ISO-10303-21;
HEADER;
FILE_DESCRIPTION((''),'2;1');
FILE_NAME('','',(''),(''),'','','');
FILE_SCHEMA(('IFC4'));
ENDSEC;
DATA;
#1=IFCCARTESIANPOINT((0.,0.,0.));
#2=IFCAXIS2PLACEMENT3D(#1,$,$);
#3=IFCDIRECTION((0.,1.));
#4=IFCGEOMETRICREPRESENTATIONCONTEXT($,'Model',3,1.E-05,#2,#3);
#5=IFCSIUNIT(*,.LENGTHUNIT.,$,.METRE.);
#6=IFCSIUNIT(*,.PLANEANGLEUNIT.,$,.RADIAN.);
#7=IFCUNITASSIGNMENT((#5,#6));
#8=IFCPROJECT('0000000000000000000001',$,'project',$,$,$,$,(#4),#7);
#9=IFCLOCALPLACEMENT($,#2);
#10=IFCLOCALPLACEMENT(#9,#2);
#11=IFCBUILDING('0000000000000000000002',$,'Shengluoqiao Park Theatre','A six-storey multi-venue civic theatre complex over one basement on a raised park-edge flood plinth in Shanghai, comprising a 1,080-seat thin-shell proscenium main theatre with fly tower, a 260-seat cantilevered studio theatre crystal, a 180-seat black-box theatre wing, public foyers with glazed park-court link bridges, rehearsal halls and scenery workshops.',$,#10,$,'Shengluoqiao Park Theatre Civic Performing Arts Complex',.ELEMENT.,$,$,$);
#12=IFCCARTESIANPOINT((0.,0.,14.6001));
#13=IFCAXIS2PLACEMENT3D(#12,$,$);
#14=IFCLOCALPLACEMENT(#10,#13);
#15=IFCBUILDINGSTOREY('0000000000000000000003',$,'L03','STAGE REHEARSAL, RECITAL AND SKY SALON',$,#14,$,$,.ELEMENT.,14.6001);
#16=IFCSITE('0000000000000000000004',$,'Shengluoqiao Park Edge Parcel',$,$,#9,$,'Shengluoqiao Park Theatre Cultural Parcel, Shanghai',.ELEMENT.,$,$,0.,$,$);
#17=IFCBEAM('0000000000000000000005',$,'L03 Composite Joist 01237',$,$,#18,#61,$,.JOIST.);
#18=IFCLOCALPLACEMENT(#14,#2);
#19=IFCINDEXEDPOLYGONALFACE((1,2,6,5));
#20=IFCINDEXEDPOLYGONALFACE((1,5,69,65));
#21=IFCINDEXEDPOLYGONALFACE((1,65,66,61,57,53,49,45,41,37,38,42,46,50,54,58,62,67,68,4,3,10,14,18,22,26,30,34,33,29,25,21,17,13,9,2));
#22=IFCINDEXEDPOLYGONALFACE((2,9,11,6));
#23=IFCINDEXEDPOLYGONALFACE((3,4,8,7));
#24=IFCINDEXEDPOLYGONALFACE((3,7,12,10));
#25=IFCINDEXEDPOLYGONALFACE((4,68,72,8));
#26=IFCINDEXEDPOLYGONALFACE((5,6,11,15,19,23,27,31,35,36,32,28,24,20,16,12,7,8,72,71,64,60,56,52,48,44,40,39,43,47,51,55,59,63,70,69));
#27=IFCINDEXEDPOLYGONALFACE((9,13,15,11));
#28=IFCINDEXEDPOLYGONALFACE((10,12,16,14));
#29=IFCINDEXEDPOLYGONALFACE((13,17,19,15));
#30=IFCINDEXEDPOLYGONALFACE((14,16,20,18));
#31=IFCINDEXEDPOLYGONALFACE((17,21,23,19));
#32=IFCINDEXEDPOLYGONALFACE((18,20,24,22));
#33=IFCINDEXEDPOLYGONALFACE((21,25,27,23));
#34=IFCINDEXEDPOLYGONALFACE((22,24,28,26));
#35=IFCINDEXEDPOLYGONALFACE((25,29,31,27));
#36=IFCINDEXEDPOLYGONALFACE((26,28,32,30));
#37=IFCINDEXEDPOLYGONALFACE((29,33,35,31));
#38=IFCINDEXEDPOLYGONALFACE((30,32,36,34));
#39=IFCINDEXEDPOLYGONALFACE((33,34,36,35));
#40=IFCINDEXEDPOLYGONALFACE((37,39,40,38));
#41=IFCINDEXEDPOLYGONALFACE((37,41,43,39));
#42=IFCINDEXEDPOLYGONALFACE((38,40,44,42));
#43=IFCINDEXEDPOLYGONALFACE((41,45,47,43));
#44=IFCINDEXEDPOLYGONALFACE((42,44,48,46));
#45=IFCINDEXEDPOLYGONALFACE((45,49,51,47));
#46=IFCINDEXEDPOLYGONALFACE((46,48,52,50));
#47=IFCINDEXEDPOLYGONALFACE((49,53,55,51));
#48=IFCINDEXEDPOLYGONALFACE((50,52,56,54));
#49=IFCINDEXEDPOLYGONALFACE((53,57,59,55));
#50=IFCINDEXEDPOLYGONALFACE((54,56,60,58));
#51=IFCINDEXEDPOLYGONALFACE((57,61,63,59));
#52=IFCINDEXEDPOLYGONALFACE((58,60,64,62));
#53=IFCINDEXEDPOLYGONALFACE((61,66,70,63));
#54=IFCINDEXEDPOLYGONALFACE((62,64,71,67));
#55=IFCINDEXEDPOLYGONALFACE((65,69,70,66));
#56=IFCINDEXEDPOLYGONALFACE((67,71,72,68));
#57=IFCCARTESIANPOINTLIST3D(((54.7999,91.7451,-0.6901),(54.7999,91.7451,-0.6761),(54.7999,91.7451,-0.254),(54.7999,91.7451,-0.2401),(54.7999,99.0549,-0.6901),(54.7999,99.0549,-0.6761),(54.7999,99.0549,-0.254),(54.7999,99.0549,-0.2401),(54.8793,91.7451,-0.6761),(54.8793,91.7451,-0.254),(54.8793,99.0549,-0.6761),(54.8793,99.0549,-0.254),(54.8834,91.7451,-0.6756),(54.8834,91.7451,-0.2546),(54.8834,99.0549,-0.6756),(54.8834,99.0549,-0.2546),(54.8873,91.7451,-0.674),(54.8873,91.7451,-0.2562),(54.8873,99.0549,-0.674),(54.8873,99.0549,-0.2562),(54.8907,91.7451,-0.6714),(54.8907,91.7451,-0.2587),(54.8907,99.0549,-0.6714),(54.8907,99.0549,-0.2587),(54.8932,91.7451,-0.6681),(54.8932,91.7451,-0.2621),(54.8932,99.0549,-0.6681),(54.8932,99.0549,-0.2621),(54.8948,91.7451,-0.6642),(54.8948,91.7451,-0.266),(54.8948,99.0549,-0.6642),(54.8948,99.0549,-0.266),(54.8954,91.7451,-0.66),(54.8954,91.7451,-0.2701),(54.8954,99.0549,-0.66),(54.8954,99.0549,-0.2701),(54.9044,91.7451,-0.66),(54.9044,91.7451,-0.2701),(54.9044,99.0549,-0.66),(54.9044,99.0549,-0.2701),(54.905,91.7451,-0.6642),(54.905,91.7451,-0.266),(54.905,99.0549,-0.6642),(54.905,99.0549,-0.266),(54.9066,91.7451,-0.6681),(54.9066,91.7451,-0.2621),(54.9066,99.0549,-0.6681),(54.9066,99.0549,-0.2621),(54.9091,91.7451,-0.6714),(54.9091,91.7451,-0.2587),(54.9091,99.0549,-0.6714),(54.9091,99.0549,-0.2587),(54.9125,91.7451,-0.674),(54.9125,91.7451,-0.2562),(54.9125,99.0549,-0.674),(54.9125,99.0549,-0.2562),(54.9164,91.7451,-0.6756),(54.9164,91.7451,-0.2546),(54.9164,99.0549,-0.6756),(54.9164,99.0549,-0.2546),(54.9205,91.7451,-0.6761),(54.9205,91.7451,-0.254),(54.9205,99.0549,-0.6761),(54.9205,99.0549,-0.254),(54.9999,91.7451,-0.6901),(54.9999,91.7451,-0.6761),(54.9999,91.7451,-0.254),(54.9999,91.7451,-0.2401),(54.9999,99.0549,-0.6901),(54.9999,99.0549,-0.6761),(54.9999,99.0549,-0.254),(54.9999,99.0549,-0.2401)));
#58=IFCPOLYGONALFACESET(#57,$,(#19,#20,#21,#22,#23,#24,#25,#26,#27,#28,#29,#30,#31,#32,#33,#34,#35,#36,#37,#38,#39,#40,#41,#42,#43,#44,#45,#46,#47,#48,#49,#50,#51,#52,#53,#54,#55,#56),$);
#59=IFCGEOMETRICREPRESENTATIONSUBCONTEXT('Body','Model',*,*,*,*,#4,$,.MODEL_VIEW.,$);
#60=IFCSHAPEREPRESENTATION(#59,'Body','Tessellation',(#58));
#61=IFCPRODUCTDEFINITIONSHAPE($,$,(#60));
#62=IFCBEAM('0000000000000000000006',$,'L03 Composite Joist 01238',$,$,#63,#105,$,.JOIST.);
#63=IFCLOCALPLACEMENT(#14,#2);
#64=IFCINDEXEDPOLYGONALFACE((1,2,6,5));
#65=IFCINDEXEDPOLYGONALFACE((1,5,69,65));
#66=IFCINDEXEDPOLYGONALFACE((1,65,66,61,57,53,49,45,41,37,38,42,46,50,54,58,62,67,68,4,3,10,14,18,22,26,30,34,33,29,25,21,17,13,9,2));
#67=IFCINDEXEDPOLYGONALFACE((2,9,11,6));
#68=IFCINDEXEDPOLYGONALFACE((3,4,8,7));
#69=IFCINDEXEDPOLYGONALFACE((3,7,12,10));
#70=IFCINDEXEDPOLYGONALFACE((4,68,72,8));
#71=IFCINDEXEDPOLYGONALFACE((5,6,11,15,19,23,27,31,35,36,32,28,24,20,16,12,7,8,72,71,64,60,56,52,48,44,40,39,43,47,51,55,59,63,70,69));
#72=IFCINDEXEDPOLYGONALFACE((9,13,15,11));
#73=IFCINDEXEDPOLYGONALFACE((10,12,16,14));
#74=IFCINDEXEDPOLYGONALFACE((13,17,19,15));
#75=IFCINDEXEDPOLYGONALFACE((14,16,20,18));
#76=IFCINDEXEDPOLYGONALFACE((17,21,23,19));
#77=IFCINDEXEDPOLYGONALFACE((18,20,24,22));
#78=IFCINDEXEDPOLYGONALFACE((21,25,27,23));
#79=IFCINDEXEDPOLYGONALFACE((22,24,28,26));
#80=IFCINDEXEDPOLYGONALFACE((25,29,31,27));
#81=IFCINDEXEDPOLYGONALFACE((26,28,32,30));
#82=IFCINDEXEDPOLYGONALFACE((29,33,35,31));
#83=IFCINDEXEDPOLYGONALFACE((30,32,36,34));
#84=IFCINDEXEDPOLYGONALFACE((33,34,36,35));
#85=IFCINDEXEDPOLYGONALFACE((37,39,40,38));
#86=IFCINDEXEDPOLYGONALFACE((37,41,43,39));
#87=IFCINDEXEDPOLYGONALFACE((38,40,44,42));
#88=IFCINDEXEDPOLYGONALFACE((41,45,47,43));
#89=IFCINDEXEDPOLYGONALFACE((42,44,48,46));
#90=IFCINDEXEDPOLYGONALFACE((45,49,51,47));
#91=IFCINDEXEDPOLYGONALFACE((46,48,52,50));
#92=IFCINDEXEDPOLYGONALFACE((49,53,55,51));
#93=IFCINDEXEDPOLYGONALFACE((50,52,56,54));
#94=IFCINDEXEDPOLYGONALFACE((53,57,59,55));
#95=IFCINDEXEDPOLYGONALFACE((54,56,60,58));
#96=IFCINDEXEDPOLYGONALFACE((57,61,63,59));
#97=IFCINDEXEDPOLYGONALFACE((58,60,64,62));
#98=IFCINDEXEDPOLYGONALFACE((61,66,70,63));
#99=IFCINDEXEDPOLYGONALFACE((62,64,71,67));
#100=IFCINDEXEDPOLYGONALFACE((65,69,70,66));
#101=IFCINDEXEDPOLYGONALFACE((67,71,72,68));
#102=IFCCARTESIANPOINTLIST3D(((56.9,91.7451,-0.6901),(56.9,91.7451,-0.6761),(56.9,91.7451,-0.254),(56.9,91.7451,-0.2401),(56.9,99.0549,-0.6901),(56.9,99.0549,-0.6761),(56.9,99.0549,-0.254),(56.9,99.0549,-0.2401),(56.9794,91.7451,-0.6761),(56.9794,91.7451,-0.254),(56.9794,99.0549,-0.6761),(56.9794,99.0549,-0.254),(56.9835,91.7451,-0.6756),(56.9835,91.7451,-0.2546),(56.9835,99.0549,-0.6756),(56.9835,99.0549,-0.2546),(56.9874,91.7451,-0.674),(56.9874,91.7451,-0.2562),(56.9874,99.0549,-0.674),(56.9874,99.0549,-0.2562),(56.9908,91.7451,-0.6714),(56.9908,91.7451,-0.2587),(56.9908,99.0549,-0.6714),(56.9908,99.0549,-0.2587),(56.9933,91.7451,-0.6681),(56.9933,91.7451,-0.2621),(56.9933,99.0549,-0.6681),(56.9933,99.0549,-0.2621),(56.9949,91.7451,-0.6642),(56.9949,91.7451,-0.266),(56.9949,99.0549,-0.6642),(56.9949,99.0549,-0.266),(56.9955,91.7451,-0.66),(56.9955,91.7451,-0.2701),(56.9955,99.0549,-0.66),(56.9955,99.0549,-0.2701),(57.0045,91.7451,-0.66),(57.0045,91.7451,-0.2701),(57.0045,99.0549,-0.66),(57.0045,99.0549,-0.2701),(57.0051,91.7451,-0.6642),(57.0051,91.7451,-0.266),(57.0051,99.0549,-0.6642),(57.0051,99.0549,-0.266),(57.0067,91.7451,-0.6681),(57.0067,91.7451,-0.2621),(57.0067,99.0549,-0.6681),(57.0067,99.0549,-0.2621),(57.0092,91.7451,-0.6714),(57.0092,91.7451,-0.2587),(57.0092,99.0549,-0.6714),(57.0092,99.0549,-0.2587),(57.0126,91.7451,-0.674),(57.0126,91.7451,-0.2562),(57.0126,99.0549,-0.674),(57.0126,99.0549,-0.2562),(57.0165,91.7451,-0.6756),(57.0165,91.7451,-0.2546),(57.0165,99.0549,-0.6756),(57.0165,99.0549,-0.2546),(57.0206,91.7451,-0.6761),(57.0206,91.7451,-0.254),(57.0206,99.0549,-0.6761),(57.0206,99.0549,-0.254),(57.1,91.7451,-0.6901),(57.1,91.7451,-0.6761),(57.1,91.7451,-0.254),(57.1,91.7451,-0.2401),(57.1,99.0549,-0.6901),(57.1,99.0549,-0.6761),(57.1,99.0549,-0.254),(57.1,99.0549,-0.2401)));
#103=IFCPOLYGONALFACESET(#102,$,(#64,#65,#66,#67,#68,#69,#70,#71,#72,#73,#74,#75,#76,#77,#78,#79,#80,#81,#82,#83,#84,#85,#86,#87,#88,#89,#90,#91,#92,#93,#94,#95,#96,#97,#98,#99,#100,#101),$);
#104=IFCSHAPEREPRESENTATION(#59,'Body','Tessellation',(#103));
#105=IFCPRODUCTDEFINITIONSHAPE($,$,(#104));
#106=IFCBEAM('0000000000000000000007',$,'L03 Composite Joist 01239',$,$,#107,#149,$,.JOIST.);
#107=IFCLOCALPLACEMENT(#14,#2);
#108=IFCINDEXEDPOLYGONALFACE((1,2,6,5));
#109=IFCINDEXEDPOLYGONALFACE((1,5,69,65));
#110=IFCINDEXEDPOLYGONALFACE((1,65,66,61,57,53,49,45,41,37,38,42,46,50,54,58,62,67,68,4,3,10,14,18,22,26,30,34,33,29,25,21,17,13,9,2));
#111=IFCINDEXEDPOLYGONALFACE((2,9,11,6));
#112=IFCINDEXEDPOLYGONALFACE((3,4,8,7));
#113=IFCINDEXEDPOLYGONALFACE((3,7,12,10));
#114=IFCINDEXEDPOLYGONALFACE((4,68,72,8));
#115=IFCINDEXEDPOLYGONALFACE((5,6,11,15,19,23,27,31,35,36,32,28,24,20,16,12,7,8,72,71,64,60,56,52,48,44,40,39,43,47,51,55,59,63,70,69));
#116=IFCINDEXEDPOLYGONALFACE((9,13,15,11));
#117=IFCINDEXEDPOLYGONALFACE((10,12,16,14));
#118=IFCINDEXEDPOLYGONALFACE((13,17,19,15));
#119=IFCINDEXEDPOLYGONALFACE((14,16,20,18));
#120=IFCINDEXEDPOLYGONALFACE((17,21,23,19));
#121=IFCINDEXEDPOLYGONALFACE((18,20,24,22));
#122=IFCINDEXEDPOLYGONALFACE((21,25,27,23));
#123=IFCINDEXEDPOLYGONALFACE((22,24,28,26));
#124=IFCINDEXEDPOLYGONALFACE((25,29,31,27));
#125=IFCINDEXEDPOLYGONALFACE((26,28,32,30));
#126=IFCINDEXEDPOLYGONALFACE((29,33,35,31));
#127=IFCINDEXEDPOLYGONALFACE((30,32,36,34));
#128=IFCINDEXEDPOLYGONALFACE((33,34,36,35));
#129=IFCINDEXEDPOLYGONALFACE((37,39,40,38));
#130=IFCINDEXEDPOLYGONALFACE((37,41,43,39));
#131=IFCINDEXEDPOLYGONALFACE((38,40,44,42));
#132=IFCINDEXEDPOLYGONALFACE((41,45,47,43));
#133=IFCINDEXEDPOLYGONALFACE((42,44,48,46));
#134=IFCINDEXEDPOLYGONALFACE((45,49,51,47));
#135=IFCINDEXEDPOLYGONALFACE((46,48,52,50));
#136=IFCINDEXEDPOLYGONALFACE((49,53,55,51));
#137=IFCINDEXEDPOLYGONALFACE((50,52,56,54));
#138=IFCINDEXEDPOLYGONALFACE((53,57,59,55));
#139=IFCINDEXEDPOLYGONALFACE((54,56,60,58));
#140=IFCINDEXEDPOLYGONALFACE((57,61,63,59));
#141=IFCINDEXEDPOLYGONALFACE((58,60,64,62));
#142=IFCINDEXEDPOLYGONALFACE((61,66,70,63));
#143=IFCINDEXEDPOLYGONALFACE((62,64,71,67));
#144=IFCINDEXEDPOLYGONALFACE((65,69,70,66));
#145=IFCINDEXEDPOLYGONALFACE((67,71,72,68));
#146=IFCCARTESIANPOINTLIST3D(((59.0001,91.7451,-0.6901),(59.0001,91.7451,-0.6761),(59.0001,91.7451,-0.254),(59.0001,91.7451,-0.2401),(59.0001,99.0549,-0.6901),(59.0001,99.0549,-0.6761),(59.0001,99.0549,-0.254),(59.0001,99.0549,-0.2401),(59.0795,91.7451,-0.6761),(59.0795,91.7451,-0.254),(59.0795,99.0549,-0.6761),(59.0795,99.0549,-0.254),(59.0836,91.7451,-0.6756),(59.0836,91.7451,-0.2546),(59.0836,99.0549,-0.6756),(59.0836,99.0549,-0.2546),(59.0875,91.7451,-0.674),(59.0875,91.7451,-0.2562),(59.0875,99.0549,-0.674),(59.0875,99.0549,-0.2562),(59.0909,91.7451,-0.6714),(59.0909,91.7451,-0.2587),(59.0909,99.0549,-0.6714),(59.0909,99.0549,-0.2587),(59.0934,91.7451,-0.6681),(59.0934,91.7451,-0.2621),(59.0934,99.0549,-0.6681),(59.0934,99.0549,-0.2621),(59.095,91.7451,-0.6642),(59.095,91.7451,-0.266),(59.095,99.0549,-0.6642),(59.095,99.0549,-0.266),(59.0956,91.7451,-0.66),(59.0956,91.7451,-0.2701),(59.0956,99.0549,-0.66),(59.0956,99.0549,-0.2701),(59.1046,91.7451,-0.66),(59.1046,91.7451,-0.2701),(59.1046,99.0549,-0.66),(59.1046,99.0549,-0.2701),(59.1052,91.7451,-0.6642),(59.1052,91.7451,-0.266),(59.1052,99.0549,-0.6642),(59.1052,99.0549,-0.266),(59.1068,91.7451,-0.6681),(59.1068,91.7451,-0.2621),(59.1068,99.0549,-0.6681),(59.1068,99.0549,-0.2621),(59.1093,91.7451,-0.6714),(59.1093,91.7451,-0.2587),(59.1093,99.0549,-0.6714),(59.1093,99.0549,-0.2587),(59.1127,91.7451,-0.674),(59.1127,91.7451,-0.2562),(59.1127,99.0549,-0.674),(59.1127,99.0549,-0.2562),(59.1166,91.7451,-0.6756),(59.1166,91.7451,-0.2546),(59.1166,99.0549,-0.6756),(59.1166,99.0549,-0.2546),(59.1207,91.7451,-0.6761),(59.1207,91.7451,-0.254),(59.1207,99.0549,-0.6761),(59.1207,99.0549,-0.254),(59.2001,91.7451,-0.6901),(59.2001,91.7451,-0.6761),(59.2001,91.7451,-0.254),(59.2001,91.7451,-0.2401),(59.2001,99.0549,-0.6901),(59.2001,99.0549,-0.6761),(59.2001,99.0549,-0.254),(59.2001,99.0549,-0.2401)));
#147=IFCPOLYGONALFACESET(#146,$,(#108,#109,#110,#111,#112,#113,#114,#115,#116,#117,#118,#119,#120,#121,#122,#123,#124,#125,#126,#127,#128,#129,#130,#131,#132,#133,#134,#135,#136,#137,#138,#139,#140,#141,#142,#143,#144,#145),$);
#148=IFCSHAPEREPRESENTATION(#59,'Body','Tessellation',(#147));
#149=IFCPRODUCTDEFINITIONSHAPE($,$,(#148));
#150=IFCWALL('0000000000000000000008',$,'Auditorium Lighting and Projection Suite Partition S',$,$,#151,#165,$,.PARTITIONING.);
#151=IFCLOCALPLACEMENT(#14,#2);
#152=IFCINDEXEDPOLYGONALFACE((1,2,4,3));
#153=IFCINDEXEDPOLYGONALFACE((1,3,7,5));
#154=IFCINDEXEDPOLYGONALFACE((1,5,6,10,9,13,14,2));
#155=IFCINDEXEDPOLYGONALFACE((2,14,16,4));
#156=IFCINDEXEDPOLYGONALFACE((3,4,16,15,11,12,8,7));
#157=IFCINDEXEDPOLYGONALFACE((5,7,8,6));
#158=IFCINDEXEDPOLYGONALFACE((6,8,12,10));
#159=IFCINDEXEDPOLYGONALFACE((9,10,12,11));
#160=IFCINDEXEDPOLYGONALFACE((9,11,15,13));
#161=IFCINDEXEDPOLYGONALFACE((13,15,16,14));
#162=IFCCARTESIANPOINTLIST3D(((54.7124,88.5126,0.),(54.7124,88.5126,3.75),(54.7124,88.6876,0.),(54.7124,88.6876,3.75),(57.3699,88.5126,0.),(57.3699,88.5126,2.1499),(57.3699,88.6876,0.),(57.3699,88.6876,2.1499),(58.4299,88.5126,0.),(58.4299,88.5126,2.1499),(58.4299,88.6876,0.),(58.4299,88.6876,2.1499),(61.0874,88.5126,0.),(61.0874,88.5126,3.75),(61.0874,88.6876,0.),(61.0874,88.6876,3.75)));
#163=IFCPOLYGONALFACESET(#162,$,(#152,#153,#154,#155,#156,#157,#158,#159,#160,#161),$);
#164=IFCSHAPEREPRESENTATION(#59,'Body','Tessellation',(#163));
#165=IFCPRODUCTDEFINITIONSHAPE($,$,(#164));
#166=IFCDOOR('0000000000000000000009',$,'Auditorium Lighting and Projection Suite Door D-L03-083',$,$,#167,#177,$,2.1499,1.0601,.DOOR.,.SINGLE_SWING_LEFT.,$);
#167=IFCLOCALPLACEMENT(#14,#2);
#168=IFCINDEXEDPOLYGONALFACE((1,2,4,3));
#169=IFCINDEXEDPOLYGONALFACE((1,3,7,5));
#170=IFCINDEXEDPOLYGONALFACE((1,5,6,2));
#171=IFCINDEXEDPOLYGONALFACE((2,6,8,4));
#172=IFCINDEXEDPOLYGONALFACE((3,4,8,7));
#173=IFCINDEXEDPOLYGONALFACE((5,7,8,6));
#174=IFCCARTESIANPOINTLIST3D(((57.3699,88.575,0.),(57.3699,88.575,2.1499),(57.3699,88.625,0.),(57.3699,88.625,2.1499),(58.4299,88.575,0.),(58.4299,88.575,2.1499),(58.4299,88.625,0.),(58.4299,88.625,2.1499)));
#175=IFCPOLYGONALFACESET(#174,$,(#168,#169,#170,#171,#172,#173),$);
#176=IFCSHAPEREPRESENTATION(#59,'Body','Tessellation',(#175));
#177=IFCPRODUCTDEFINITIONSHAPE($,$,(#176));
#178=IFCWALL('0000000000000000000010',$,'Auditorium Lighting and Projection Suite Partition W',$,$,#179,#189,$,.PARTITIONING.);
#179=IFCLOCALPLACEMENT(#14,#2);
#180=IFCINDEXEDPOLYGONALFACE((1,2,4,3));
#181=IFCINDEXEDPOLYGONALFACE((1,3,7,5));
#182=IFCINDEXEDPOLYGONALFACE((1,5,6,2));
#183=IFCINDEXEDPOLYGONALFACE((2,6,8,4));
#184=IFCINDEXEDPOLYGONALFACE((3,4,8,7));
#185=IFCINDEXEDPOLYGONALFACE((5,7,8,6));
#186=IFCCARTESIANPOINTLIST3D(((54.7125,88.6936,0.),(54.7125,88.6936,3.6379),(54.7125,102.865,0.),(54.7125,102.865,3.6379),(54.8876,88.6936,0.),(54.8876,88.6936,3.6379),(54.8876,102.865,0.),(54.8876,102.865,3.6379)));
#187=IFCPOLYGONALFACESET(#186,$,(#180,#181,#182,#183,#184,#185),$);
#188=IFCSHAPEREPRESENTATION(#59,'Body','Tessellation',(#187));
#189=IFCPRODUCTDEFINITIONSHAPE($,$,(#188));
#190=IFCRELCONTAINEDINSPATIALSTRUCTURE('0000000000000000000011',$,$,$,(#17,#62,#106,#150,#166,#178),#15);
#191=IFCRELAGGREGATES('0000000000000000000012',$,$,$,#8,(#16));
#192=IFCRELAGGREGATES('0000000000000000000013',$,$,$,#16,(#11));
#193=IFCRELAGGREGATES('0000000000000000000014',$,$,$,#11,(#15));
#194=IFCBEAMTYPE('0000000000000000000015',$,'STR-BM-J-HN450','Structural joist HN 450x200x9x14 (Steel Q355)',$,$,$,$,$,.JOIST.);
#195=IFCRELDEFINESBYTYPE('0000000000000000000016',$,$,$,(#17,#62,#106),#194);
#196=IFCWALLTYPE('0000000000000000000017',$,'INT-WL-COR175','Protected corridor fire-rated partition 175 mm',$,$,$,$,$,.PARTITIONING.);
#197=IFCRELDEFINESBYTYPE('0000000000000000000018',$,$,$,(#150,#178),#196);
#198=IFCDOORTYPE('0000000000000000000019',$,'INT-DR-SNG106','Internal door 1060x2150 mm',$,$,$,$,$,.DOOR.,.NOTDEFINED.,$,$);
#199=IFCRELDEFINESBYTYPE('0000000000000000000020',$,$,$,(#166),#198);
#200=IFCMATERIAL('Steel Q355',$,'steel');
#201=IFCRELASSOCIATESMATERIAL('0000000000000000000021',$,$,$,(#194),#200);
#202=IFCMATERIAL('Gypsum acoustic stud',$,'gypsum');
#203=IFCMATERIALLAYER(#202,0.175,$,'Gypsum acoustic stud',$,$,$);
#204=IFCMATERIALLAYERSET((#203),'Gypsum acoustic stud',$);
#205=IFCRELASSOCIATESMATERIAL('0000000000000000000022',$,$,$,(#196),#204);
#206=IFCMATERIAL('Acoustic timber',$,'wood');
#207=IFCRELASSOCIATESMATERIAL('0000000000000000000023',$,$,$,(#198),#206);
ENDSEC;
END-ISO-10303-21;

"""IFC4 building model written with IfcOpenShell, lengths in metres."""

from ifc_helpers import new_model, si_unit, direction, frame, frame_2d, origin, origin_2d, place, context, subcontext, project, spatial, rectangle, i_section, extrude, material, layer, layer_set, material_profile, profile_set, type_object, element, fill, save


model = new_model("IFC4")

# Units and contexts
model_context = context("Model", 3, precision=1e-05, world=origin(), true_north=direction((0.0, 1.0)))
body_context = subcontext(model_context, "Body", "Model", "MODEL_VIEW")
ifc_project = project(units=[si_unit("LENGTHUNIT", "METRE"), si_unit("PLANEANGLEUNIT", "RADIAN")], contexts=[model_context])

# Site, building, storey
site_placement = place(None, origin())
site = spatial("IfcSite", under=ifc_project, at=site_placement, Name="Shengluoqiao Park Edge Parcel", LongName="Shengluoqiao Park Theatre Cultural Parcel, Shanghai", CompositionType="ELEMENT", RefElevation=0.0)
building_placement = place(site_placement, origin())
building = spatial("IfcBuilding", under=site, at=building_placement, Name="Shengluoqiao Park Theatre", Description="A six-storey multi-venue civic theatre complex over one basement on a raised park-edge flood plinth in Shanghai, comprising a 1,080-seat thin-shell proscenium main theatre with fly tower, a 260-seat cantilevered studio theatre crystal, a 180-seat black-box theatre wing, public foyers with glazed park-court link bridges, rehearsal halls and scenery workshops.", LongName="Shengluoqiao Park Theatre Civic Performing Arts Complex", CompositionType="ELEMENT")
storey_placement = place(building_placement, frame((0.0, 0.0, 14.6001)))
storey = spatial("IfcBuildingStorey", under=building, at=storey_placement, Name="L03", Description="STAGE REHEARSAL, RECITAL AND SKY SALON", CompositionType="ELEMENT", Elevation=14.6001)

# Beams
ifc_material_1 = material(Name="Steel Q355", Category="steel")
ifc_material_profile_1 = material_profile(ifc_material_1, i_section(OverallWidth=0.2, OverallDepth=0.45, WebThickness=0.009, FlangeThickness=0.0139, FilletRadius=0.0161, at=origin_2d()), Name="HN 450x200x9x14")
ifc_profile_set_1 = profile_set([ifc_material_profile_1], Name="Steel Q355")
beam_type_1 = type_object("IfcBeamType", Name="STR-BM-J-HN450", Description="Structural joist HN 450x200x9x14 (Steel Q355)", PredefinedType="JOIST", material=ifc_profile_set_1)
for number, where, z_axis, x_axis, name in (
    (1, (54.8999, 91.7451, -0.4651), (0.0, 1.0, 0.0), (-1.0, 0.0, 0.0), "L03 Composite Joist 01237"),
    (2, (57.0, 91.7451, -0.4651), (0.0, 1.0, 0.0), (-1.0, 0.0, 0.0), "L03 Composite Joist 01238"),
    (3, (59.1001, 91.7451, -0.4651), (0.0, 1.0, 0.0), (-1.0, 0.0, 0.0), "L03 Composite Joist 01239"),
):
    element("IfcBeam", number, at=place(storey_placement, frame(where, z_axis=z_axis, x_axis=x_axis)), inside=storey, type_object=beam_type_1, Name=name, PredefinedType="JOIST", context=body_context, shape_type="SweptSolid", body=[
        extrude(i_section(OverallWidth=0.2, OverallDepth=0.45, WebThickness=0.009, FlangeThickness=0.0139, FilletRadius=0.0161, at=origin_2d()), origin(), (0.0, 0.0, 1.0), 7.3098),
    ])

# Wall, opening, door
ifc_material_2 = material(Name="Gypsum acoustic stud", Category="gypsum")
ifc_layer_1 = layer(ifc_material_2, 0.175, Name="Gypsum acoustic stud")
ifc_layer_set_1 = layer_set([ifc_layer_1], Name="Gypsum acoustic stud")
wall_type_1 = type_object("IfcWallType", Name="INT-WL-COR175", Description="Protected corridor fire-rated partition 175 mm", PredefinedType="PARTITIONING", material=ifc_layer_set_1)
wall_1_placement = place(storey_placement, frame((54.7124, 88.6001, 0.0), z_axis=(0.0, 0.0, 1.0), x_axis=(1.0, 0.0, 0.0)))
wall_1 = element("IfcWall", 4, at=wall_1_placement, inside=storey, type_object=wall_type_1, Name="Auditorium Lighting and Projection Suite Partition S", PredefinedType="PARTITIONING", context=body_context, shape_type="SweptSolid", body=[
    extrude(rectangle(XDim=6.375, YDim=0.175, at=frame_2d((3.1875, 0.0))), origin(), (0.0, 0.0, 1.0), 3.75),
])
opening_1_placement = place(wall_1_placement, frame((2.6575, 0.0, 0.0)))
opening_1 = element("IfcOpeningElement", 5, at=opening_1_placement, cuts=wall_1, PredefinedType="OPENING", context=body_context, shape_type="SweptSolid", body=[
    extrude(rectangle(XDim=1.0601, YDim=2.1499, at=frame_2d((0.53, 1.075))), frame((0.0, 0.0974, 0.0), z_axis=(0.0, -1.0, 0.0), x_axis=(1.0, 0.0, 0.0)), (0.0, 0.0, 1.0), 0.1951),
])
ifc_material_3 = material(Name="Acoustic timber", Category="wood")
door_type_1 = type_object("IfcDoorType", Name="INT-DR-SNG106", Description="Internal door 1060x2150 mm", OperationType="NOTDEFINED", PredefinedType="DOOR", material=ifc_material_3)
door_1_placement = place(opening_1_placement, origin())
door_1 = element("IfcDoor", 6, at=door_1_placement, inside=storey, type_object=door_type_1, Name="Auditorium Lighting and Projection Suite Door D-L03-083", OperationType="SINGLE_SWING_LEFT", OverallHeight=2.1499, OverallWidth=1.0601, PredefinedType="DOOR", context=body_context, shape_type="SweptSolid", body=[
    extrude(rectangle(XDim=1.0601, YDim=2.1499, at=frame_2d((0.53, 1.075))), frame((0.0, 0.0249, 0.0), z_axis=(0.0, -1.0, 0.0), x_axis=(1.0, 0.0, 0.0)), (0.0, 0.0, 1.0), 0.05),
])
fill(opening_1, door_1)

# Wall
wall_2_placement = place(storey_placement, frame((54.8, 88.6936, 0.0), z_axis=(0.0, 0.0, 1.0), x_axis=(0.0, 1.0, 0.0)))
element("IfcWall", 7, at=wall_2_placement, inside=storey, type_object=wall_type_1, Name="Auditorium Lighting and Projection Suite Partition W", PredefinedType="PARTITIONING", context=body_context, shape_type="SweptSolid", body=[
    extrude(rectangle(XDim=14.1714, YDim=0.175, at=frame_2d((7.0857, 0.0))), origin(), (0.0, 0.0, 1.0), 3.6379),
])

save(model, "model.ifc")
